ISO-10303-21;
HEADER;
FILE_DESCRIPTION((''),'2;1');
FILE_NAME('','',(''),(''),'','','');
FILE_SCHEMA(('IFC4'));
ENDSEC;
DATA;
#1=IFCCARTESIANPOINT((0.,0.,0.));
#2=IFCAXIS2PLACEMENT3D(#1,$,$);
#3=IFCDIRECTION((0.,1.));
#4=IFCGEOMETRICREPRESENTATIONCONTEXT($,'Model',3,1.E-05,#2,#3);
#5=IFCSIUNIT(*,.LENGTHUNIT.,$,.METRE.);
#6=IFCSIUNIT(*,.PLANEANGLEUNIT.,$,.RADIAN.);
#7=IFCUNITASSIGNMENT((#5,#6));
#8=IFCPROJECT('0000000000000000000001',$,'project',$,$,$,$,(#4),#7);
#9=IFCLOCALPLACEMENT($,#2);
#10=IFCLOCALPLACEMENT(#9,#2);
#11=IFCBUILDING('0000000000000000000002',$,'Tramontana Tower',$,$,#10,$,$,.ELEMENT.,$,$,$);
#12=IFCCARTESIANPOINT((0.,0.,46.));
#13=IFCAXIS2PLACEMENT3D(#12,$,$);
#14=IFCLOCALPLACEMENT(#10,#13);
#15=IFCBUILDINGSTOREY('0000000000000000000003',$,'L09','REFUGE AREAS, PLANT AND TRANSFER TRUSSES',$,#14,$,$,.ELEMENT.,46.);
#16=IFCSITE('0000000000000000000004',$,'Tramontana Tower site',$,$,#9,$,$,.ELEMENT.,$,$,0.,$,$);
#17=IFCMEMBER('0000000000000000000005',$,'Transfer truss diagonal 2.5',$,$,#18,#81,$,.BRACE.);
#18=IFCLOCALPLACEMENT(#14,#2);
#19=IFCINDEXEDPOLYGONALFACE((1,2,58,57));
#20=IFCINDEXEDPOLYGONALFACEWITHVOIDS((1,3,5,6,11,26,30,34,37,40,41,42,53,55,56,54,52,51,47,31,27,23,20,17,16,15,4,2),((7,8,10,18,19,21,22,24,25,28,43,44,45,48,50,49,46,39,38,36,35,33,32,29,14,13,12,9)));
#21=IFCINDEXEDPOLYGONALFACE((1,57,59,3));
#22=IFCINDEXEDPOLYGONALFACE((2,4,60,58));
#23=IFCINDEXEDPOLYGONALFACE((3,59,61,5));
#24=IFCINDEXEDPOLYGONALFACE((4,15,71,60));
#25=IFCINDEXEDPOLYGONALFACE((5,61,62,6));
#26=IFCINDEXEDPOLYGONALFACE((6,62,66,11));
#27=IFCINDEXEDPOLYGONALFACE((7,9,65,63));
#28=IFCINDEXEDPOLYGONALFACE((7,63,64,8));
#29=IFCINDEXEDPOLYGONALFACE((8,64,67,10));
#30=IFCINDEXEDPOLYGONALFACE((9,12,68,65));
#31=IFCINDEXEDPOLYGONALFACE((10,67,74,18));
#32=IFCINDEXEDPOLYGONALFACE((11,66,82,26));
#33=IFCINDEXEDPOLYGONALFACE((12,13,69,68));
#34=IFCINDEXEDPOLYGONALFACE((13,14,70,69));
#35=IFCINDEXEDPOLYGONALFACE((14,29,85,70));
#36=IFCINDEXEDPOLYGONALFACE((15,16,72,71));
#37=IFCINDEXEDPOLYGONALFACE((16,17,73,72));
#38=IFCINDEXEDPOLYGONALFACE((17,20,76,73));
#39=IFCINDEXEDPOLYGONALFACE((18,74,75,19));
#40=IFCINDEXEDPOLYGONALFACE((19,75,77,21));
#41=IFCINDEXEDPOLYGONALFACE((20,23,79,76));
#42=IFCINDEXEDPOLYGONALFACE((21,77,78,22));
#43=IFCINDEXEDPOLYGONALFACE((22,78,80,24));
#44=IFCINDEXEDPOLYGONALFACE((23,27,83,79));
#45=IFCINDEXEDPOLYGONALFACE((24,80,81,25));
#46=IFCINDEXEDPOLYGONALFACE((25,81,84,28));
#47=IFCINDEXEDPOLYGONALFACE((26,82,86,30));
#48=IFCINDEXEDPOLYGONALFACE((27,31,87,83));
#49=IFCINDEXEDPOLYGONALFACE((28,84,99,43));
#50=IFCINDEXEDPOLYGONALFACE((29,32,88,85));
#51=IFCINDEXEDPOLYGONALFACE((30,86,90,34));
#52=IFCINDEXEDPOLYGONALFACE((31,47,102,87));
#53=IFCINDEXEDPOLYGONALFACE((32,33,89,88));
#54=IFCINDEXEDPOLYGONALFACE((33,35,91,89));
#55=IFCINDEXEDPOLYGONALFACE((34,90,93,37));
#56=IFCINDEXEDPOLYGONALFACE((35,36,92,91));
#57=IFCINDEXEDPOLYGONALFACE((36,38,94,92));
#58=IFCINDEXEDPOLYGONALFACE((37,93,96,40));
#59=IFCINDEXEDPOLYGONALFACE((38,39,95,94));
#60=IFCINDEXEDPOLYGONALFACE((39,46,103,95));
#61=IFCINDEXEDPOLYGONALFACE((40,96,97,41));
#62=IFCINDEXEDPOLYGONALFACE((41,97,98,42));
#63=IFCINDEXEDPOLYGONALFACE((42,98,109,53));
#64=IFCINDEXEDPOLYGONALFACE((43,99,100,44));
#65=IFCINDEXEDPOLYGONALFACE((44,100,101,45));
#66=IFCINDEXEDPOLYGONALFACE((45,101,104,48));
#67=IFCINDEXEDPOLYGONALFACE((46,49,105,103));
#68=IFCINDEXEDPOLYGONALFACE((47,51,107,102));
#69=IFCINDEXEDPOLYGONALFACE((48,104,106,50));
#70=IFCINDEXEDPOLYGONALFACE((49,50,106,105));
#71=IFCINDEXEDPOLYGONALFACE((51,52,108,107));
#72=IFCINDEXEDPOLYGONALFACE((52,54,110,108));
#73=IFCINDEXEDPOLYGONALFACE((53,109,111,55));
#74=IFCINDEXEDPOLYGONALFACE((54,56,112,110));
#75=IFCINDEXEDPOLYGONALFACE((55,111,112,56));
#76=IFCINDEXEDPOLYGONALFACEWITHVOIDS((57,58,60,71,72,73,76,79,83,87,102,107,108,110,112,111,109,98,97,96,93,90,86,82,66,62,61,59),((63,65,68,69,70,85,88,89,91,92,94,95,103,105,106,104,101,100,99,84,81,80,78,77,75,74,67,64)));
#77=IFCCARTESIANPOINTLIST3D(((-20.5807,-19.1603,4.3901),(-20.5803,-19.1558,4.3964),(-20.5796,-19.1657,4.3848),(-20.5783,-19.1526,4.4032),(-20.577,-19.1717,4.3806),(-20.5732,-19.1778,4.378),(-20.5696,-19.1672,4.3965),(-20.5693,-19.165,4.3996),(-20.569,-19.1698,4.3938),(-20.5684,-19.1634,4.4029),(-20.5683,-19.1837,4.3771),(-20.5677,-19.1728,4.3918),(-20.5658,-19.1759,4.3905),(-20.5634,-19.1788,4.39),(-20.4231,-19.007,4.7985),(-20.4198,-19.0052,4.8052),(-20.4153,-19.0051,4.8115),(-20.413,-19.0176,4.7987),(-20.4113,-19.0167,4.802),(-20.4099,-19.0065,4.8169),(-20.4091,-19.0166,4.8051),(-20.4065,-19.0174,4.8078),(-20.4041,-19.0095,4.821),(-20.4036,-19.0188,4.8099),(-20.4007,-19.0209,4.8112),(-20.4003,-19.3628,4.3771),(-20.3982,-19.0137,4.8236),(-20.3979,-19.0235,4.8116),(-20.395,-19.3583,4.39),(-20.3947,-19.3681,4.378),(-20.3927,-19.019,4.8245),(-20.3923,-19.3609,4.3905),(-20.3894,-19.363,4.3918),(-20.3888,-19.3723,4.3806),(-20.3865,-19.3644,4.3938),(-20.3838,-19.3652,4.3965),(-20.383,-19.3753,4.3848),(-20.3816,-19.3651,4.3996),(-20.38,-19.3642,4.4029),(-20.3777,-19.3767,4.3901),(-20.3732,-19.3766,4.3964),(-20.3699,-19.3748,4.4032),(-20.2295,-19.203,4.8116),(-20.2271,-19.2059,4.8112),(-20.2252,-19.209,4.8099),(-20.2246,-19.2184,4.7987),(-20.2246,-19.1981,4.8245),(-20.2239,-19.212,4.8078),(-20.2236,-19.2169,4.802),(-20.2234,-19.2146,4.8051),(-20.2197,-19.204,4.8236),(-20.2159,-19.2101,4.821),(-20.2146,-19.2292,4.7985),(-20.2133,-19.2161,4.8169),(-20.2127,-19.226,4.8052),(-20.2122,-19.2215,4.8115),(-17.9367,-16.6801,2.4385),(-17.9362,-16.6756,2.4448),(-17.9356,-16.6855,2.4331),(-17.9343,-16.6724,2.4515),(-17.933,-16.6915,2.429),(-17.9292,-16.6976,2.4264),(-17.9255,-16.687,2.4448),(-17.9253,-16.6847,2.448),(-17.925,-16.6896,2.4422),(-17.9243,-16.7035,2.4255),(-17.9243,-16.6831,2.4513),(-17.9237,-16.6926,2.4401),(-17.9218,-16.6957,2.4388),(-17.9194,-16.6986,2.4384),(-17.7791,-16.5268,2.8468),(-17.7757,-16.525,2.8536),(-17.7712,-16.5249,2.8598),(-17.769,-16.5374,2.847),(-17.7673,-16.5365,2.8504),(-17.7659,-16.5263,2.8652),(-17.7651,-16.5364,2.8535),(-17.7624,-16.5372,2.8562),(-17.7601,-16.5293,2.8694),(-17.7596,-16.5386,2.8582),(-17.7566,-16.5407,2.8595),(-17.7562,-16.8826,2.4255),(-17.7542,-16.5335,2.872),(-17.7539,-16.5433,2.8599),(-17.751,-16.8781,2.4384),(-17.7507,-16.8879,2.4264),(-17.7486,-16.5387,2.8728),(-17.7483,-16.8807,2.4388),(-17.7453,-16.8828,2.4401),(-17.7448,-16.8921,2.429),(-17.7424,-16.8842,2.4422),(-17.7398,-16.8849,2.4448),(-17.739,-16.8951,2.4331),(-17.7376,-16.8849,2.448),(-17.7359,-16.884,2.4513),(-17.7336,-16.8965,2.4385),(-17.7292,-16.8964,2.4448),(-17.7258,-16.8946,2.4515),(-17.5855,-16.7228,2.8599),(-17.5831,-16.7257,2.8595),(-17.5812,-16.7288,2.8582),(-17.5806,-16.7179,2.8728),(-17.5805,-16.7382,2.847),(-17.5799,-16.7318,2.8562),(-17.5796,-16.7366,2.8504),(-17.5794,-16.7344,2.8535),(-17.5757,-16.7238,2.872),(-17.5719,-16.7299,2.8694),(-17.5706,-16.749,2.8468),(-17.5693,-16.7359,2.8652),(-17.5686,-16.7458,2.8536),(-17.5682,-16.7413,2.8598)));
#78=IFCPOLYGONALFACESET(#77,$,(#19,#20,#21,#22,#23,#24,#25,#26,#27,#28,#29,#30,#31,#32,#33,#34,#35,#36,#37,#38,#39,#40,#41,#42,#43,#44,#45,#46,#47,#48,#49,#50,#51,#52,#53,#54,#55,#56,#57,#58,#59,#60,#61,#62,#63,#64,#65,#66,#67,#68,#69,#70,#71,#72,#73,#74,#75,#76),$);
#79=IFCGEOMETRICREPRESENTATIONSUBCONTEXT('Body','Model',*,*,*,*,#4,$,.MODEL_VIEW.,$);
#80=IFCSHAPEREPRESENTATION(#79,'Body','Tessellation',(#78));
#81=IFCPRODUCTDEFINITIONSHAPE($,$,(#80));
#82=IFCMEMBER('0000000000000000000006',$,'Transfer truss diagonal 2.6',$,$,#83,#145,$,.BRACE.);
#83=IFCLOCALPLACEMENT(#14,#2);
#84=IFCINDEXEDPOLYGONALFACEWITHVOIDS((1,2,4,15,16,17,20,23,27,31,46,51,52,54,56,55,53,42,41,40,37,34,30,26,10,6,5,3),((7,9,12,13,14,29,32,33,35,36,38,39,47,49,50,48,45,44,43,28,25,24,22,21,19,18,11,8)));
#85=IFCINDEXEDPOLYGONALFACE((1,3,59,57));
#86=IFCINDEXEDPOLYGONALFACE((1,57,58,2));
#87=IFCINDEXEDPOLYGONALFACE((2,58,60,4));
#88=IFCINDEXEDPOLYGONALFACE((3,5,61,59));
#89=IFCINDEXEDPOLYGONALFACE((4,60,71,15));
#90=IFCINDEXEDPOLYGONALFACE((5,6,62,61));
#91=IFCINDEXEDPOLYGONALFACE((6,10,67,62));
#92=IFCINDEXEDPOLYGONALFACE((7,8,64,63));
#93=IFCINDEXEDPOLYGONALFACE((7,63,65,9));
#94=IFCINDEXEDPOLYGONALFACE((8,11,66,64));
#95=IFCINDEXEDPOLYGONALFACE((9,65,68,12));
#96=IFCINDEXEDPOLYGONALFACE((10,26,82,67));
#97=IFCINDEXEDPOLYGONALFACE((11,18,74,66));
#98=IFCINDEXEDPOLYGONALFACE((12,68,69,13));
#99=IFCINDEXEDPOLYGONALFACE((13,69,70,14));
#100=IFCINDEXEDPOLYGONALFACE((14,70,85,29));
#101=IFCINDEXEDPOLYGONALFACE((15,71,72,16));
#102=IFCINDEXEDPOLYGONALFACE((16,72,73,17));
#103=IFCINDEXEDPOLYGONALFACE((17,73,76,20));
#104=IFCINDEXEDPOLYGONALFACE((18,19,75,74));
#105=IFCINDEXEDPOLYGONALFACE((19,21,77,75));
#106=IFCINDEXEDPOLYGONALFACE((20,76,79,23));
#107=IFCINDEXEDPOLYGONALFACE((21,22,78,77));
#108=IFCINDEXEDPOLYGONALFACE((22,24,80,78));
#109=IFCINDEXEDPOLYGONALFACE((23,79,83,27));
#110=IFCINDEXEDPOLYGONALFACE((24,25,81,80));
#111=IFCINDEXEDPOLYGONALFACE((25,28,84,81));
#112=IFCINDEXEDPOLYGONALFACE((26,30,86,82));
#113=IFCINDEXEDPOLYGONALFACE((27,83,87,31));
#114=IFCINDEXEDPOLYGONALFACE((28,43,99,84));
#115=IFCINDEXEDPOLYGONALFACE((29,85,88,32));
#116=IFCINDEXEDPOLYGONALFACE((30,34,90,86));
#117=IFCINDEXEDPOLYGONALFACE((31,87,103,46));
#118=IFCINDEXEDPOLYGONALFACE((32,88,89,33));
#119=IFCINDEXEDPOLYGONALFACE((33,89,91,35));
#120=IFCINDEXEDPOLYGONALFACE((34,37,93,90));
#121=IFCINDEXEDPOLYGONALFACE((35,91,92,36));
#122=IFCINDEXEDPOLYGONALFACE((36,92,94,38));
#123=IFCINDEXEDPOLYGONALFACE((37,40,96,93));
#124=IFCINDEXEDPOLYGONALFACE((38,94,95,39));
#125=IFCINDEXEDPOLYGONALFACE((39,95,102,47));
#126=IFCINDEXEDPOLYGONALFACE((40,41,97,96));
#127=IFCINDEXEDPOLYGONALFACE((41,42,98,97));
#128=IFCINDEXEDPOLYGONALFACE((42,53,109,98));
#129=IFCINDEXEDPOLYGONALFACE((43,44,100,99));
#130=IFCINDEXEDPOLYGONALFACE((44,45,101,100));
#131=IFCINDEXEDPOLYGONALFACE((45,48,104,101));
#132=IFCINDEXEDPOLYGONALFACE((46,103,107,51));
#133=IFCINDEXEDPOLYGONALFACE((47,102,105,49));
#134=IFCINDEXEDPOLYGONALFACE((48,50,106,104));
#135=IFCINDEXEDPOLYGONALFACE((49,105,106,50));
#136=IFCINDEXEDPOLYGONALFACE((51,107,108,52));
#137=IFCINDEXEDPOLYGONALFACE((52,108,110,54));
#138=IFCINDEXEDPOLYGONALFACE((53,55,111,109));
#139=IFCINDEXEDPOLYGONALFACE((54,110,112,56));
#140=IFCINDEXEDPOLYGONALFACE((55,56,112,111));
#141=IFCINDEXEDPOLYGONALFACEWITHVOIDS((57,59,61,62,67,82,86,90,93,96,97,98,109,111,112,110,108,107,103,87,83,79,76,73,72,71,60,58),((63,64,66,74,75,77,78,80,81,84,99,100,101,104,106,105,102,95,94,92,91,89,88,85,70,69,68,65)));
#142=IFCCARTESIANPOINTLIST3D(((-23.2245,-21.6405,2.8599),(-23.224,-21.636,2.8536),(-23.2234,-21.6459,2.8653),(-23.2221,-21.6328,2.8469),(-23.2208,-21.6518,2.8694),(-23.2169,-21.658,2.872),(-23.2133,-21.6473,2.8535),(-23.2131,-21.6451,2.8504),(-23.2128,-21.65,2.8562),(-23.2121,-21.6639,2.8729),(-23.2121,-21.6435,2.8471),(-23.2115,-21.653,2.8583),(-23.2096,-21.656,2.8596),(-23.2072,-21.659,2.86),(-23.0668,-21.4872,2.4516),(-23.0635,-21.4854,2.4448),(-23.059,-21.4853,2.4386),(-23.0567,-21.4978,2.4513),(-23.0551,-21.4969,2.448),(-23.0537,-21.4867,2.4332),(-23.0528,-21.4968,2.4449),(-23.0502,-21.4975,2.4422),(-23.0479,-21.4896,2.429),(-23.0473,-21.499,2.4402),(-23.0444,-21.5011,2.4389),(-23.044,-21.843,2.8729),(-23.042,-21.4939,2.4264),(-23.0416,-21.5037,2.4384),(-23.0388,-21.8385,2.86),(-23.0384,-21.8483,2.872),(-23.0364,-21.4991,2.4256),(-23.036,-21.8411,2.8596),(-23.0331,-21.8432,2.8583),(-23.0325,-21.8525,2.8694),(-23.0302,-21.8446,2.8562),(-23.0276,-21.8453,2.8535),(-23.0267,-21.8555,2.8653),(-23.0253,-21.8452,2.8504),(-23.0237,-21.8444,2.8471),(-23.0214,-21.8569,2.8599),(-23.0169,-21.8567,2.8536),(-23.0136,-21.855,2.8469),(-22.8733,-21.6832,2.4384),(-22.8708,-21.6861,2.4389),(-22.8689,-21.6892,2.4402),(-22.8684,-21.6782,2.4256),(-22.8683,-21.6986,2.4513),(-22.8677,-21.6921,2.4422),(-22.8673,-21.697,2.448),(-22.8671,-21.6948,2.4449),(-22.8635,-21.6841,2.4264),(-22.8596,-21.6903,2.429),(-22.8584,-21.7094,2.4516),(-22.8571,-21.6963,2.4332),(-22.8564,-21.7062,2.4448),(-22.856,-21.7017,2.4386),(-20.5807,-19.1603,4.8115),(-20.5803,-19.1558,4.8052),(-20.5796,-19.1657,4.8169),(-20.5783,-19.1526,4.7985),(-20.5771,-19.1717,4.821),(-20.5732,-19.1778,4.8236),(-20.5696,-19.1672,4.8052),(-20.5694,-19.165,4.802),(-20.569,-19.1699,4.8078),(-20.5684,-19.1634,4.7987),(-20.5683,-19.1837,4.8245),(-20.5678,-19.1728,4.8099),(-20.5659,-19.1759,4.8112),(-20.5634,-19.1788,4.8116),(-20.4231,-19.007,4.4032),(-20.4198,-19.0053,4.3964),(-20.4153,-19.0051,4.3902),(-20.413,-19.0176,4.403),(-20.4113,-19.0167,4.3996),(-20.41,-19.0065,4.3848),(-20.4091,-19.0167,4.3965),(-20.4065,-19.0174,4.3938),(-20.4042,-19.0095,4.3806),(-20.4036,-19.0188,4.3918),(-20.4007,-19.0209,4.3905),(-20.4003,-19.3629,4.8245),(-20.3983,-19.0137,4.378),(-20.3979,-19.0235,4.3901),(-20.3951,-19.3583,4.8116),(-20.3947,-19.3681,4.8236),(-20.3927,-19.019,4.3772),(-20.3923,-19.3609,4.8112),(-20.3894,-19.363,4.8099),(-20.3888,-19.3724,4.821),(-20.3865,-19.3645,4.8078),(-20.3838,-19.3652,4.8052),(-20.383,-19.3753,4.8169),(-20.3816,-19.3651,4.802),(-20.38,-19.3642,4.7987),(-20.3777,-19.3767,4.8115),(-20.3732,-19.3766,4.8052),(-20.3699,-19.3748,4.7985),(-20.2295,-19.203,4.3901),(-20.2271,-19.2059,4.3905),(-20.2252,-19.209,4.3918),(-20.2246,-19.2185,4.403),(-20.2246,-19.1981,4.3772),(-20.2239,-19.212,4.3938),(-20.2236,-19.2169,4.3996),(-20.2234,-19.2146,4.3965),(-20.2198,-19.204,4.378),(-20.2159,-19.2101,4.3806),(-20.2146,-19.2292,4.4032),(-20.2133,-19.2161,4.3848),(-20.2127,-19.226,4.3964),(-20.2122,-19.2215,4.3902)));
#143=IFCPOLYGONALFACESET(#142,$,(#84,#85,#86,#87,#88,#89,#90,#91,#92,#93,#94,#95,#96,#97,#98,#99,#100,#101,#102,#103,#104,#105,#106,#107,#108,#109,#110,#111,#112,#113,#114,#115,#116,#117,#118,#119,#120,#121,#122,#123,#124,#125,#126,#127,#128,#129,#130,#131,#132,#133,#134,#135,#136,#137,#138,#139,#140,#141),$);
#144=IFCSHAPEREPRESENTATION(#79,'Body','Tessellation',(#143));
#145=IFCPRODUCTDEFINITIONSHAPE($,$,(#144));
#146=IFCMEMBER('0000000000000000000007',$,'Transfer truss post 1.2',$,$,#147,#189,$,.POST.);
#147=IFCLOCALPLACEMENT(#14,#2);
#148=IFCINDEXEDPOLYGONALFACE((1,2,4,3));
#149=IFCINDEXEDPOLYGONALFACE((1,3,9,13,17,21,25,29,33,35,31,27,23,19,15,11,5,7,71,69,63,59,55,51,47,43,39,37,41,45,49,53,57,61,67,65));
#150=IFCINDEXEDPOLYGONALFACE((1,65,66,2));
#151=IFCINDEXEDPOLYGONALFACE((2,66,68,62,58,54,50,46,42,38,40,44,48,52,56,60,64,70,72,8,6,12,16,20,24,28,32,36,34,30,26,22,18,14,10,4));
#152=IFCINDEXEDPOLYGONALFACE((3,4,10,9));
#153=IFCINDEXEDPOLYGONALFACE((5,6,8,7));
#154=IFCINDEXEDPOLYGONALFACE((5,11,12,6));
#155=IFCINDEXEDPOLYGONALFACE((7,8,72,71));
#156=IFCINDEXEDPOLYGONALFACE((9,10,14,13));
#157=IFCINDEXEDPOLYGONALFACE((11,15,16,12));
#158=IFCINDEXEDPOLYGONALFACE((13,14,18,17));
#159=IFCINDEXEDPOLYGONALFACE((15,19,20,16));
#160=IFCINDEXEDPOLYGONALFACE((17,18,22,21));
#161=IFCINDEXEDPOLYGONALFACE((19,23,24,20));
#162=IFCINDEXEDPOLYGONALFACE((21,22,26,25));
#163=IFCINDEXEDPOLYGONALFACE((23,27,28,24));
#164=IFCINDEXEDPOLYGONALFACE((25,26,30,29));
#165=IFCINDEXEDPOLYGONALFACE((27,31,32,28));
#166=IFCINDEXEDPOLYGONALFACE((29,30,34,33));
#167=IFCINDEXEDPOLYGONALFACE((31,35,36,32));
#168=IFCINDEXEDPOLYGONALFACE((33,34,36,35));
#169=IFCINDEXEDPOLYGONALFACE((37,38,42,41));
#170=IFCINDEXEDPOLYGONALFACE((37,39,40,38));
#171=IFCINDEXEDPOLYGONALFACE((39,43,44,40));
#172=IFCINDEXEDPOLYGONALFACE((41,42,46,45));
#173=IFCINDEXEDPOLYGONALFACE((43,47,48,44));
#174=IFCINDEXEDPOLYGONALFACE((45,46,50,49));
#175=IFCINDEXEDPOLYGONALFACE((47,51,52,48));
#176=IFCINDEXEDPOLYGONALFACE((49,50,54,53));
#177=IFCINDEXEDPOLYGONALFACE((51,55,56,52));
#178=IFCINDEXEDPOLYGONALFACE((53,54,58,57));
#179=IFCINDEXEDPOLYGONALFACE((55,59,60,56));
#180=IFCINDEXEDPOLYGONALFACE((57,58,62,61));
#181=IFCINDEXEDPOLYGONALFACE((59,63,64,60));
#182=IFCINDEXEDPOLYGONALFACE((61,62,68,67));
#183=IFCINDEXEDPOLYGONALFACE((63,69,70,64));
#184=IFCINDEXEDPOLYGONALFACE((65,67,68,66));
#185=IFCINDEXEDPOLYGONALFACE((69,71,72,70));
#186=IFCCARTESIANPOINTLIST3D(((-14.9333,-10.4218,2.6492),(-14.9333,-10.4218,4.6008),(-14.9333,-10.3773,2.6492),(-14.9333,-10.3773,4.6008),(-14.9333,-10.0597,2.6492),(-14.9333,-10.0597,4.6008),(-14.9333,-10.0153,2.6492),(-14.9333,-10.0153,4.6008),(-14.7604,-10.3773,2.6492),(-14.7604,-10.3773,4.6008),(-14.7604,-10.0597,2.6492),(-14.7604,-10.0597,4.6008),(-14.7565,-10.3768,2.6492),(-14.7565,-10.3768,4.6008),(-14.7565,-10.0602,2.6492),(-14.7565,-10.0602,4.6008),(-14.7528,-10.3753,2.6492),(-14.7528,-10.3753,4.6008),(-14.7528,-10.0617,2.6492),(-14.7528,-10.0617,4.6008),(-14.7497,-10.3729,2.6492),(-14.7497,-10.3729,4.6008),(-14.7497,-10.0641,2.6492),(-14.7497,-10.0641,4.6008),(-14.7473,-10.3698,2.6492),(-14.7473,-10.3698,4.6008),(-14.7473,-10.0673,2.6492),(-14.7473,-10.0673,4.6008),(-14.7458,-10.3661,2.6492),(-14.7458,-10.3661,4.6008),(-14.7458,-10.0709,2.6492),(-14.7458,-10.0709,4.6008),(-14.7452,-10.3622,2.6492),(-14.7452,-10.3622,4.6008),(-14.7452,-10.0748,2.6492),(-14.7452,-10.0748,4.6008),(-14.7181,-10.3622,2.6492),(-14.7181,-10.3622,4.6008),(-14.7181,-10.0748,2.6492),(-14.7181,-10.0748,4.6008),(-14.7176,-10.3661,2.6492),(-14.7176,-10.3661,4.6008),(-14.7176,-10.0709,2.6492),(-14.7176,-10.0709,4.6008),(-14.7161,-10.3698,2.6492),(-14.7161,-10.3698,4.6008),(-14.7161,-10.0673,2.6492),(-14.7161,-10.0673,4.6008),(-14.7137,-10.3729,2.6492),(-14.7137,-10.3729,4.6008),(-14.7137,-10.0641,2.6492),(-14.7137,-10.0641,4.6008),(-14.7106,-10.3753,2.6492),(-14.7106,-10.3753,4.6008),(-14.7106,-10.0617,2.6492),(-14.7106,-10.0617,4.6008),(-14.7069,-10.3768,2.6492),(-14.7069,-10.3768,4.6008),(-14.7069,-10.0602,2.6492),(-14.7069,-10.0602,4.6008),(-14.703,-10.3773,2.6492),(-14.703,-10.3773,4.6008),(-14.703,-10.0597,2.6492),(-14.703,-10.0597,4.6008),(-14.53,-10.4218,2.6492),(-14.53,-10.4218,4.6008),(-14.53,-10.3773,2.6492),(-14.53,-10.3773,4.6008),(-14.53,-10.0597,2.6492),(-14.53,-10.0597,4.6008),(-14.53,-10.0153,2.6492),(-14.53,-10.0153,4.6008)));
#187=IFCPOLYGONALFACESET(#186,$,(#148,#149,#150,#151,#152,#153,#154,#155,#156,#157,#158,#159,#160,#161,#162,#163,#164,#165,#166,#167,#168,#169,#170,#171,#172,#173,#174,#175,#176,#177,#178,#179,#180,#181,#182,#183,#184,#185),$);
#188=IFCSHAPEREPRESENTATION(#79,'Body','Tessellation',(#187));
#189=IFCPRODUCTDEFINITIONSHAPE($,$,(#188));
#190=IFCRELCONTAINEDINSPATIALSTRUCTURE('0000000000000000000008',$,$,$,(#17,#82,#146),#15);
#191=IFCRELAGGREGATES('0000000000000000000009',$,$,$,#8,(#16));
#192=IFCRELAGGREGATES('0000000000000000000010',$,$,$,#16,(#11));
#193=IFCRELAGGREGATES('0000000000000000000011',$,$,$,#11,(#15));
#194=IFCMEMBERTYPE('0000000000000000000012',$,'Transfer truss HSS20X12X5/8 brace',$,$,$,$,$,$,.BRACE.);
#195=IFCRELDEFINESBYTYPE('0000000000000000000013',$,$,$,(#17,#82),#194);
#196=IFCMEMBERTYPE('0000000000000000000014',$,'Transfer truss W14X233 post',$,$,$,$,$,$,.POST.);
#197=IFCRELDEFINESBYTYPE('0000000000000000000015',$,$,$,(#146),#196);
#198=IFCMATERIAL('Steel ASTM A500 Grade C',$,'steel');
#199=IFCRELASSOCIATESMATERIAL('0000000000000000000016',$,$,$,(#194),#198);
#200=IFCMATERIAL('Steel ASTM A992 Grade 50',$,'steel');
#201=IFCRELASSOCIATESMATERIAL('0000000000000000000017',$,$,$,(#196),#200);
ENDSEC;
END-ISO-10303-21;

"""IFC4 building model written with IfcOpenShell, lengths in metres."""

from ifc_helpers import new_model, si_unit, direction, frame, origin, origin_2d, place, context, subcontext, project, spatial, hollow_rectangle, i_section, extrude, material, material_profile, profile_set, type_object, element, save


model = new_model("IFC4")

# Units and contexts
model_context = context("Model", 3, precision=1e-05, world=origin(), true_north=direction((0.0, 1.0)))
body_context = subcontext(model_context, "Body", "Model", "MODEL_VIEW")
ifc_project = project(units=[si_unit("LENGTHUNIT", "METRE"), si_unit("PLANEANGLEUNIT", "RADIAN")], contexts=[model_context])

# Site, building, storey
site_placement = place(None, origin())
site = spatial("IfcSite", under=ifc_project, at=site_placement, Name="Tramontana Tower site", CompositionType="ELEMENT", RefElevation=0.0)
building_placement = place(site_placement, origin())
building = spatial("IfcBuilding", under=site, at=building_placement, Name="Tramontana Tower", CompositionType="ELEMENT")
storey_placement = place(building_placement, frame((0.0, 0.0, 46.0)))
storey = spatial("IfcBuildingStorey", under=building, at=storey_placement, Name="L09", Description="REFUGE AREAS, PLANT AND TRANSFER TRUSSES", CompositionType="ELEMENT", Elevation=46.0)

# Members
ifc_material_1 = material(Name="Steel ASTM A500 Grade C", Category="steel")
ifc_material_profile_1 = material_profile(ifc_material_1, hollow_rectangle(XDim=0.3047, YDim=0.5081, WallThickness=0.0146, InnerFilletRadius=0.0146, OuterFilletRadius=0.0295, at=origin_2d()), Name="HSS20X12X5/8")
ifc_profile_set_1 = profile_set([ifc_material_profile_1], Name="Steel ASTM A500 Grade C")
member_type_1 = type_object("IfcMemberType", Name="Transfer truss HSS20X12X5/8 brace", PredefinedType="BRACE", material=ifc_profile_set_1)
for number, where, z_axis, x_axis, name in (
    (1, (-17.7524, -16.7107, 2.6492), (-0.642192, -0.602404, 0.474024), (0.684152, -0.72934, 0.0), "Transfer truss diagonal 2.5"),
):
    element("IfcMember", number, at=place(storey_placement, frame(where, z_axis=z_axis, x_axis=x_axis)), inside=storey, type_object=member_type_1, Name=name, PredefinedType="BRACE", context=body_context, shape_type="SweptSolid", body=[
        extrude(hollow_rectangle(XDim=0.3047, YDim=0.5081, WallThickness=0.0146, InnerFilletRadius=0.0146, OuterFilletRadius=0.0295, at=origin_2d()), origin(), (0.0, 0.0, 1.0), 4.1172),
    ])
member_1_placement = place(storey_placement, frame((-20.3965, -19.1909, 4.6008), z_axis=(-0.642157, -0.602426, -0.474042), x_axis=(0.684185, -0.729308, 0.0)))
element("IfcMember", 2, at=member_1_placement, inside=storey, type_object=member_type_1, Name="Transfer truss diagonal 2.6", PredefinedType="BRACE", context=body_context, shape_type="SweptSolid", body=[
    extrude(hollow_rectangle(XDim=0.3047, YDim=0.5081, WallThickness=0.0146, InnerFilletRadius=0.0146, OuterFilletRadius=0.0295, at=origin_2d()), origin(), (0.0, 0.0, 1.0), 4.1169),
])
ifc_material_2 = material(Name="Steel ASTM A992 Grade 50", Category="steel")
ifc_material_profile_2 = material_profile(ifc_material_2, i_section(OverallWidth=0.4033, OverallDepth=0.4065, WebThickness=0.0271, FlangeThickness=0.0444, FilletRadius=0.0151, at=origin_2d()), Name="W14X233")
ifc_profile_set_2 = profile_set([ifc_material_profile_2], Name="Steel ASTM A992 Grade 50")
member_type_2 = type_object("IfcMemberType", Name="Transfer truss W14X233 post", PredefinedType="POST", material=ifc_profile_set_2)
for number, where, z_axis, x_axis, name in (
    (3, (-14.7317, -10.2185, 2.6492), (0.0, 0.0, 1.0), (1.0, 0.0, 0.0), "Transfer truss post 1.2"),
):
    element("IfcMember", number, at=place(storey_placement, frame(where, z_axis=z_axis, x_axis=x_axis)), inside=storey, type_object=member_type_2, Name=name, PredefinedType="POST", context=body_context, shape_type="SweptSolid", body=[
        extrude(i_section(OverallWidth=0.4033, OverallDepth=0.4065, WebThickness=0.0271, FlangeThickness=0.0444, FilletRadius=0.0151, at=origin_2d()), origin(), (0.0, 0.0, 1.0), 1.9517),
    ])

save(model, "model.ifc")
